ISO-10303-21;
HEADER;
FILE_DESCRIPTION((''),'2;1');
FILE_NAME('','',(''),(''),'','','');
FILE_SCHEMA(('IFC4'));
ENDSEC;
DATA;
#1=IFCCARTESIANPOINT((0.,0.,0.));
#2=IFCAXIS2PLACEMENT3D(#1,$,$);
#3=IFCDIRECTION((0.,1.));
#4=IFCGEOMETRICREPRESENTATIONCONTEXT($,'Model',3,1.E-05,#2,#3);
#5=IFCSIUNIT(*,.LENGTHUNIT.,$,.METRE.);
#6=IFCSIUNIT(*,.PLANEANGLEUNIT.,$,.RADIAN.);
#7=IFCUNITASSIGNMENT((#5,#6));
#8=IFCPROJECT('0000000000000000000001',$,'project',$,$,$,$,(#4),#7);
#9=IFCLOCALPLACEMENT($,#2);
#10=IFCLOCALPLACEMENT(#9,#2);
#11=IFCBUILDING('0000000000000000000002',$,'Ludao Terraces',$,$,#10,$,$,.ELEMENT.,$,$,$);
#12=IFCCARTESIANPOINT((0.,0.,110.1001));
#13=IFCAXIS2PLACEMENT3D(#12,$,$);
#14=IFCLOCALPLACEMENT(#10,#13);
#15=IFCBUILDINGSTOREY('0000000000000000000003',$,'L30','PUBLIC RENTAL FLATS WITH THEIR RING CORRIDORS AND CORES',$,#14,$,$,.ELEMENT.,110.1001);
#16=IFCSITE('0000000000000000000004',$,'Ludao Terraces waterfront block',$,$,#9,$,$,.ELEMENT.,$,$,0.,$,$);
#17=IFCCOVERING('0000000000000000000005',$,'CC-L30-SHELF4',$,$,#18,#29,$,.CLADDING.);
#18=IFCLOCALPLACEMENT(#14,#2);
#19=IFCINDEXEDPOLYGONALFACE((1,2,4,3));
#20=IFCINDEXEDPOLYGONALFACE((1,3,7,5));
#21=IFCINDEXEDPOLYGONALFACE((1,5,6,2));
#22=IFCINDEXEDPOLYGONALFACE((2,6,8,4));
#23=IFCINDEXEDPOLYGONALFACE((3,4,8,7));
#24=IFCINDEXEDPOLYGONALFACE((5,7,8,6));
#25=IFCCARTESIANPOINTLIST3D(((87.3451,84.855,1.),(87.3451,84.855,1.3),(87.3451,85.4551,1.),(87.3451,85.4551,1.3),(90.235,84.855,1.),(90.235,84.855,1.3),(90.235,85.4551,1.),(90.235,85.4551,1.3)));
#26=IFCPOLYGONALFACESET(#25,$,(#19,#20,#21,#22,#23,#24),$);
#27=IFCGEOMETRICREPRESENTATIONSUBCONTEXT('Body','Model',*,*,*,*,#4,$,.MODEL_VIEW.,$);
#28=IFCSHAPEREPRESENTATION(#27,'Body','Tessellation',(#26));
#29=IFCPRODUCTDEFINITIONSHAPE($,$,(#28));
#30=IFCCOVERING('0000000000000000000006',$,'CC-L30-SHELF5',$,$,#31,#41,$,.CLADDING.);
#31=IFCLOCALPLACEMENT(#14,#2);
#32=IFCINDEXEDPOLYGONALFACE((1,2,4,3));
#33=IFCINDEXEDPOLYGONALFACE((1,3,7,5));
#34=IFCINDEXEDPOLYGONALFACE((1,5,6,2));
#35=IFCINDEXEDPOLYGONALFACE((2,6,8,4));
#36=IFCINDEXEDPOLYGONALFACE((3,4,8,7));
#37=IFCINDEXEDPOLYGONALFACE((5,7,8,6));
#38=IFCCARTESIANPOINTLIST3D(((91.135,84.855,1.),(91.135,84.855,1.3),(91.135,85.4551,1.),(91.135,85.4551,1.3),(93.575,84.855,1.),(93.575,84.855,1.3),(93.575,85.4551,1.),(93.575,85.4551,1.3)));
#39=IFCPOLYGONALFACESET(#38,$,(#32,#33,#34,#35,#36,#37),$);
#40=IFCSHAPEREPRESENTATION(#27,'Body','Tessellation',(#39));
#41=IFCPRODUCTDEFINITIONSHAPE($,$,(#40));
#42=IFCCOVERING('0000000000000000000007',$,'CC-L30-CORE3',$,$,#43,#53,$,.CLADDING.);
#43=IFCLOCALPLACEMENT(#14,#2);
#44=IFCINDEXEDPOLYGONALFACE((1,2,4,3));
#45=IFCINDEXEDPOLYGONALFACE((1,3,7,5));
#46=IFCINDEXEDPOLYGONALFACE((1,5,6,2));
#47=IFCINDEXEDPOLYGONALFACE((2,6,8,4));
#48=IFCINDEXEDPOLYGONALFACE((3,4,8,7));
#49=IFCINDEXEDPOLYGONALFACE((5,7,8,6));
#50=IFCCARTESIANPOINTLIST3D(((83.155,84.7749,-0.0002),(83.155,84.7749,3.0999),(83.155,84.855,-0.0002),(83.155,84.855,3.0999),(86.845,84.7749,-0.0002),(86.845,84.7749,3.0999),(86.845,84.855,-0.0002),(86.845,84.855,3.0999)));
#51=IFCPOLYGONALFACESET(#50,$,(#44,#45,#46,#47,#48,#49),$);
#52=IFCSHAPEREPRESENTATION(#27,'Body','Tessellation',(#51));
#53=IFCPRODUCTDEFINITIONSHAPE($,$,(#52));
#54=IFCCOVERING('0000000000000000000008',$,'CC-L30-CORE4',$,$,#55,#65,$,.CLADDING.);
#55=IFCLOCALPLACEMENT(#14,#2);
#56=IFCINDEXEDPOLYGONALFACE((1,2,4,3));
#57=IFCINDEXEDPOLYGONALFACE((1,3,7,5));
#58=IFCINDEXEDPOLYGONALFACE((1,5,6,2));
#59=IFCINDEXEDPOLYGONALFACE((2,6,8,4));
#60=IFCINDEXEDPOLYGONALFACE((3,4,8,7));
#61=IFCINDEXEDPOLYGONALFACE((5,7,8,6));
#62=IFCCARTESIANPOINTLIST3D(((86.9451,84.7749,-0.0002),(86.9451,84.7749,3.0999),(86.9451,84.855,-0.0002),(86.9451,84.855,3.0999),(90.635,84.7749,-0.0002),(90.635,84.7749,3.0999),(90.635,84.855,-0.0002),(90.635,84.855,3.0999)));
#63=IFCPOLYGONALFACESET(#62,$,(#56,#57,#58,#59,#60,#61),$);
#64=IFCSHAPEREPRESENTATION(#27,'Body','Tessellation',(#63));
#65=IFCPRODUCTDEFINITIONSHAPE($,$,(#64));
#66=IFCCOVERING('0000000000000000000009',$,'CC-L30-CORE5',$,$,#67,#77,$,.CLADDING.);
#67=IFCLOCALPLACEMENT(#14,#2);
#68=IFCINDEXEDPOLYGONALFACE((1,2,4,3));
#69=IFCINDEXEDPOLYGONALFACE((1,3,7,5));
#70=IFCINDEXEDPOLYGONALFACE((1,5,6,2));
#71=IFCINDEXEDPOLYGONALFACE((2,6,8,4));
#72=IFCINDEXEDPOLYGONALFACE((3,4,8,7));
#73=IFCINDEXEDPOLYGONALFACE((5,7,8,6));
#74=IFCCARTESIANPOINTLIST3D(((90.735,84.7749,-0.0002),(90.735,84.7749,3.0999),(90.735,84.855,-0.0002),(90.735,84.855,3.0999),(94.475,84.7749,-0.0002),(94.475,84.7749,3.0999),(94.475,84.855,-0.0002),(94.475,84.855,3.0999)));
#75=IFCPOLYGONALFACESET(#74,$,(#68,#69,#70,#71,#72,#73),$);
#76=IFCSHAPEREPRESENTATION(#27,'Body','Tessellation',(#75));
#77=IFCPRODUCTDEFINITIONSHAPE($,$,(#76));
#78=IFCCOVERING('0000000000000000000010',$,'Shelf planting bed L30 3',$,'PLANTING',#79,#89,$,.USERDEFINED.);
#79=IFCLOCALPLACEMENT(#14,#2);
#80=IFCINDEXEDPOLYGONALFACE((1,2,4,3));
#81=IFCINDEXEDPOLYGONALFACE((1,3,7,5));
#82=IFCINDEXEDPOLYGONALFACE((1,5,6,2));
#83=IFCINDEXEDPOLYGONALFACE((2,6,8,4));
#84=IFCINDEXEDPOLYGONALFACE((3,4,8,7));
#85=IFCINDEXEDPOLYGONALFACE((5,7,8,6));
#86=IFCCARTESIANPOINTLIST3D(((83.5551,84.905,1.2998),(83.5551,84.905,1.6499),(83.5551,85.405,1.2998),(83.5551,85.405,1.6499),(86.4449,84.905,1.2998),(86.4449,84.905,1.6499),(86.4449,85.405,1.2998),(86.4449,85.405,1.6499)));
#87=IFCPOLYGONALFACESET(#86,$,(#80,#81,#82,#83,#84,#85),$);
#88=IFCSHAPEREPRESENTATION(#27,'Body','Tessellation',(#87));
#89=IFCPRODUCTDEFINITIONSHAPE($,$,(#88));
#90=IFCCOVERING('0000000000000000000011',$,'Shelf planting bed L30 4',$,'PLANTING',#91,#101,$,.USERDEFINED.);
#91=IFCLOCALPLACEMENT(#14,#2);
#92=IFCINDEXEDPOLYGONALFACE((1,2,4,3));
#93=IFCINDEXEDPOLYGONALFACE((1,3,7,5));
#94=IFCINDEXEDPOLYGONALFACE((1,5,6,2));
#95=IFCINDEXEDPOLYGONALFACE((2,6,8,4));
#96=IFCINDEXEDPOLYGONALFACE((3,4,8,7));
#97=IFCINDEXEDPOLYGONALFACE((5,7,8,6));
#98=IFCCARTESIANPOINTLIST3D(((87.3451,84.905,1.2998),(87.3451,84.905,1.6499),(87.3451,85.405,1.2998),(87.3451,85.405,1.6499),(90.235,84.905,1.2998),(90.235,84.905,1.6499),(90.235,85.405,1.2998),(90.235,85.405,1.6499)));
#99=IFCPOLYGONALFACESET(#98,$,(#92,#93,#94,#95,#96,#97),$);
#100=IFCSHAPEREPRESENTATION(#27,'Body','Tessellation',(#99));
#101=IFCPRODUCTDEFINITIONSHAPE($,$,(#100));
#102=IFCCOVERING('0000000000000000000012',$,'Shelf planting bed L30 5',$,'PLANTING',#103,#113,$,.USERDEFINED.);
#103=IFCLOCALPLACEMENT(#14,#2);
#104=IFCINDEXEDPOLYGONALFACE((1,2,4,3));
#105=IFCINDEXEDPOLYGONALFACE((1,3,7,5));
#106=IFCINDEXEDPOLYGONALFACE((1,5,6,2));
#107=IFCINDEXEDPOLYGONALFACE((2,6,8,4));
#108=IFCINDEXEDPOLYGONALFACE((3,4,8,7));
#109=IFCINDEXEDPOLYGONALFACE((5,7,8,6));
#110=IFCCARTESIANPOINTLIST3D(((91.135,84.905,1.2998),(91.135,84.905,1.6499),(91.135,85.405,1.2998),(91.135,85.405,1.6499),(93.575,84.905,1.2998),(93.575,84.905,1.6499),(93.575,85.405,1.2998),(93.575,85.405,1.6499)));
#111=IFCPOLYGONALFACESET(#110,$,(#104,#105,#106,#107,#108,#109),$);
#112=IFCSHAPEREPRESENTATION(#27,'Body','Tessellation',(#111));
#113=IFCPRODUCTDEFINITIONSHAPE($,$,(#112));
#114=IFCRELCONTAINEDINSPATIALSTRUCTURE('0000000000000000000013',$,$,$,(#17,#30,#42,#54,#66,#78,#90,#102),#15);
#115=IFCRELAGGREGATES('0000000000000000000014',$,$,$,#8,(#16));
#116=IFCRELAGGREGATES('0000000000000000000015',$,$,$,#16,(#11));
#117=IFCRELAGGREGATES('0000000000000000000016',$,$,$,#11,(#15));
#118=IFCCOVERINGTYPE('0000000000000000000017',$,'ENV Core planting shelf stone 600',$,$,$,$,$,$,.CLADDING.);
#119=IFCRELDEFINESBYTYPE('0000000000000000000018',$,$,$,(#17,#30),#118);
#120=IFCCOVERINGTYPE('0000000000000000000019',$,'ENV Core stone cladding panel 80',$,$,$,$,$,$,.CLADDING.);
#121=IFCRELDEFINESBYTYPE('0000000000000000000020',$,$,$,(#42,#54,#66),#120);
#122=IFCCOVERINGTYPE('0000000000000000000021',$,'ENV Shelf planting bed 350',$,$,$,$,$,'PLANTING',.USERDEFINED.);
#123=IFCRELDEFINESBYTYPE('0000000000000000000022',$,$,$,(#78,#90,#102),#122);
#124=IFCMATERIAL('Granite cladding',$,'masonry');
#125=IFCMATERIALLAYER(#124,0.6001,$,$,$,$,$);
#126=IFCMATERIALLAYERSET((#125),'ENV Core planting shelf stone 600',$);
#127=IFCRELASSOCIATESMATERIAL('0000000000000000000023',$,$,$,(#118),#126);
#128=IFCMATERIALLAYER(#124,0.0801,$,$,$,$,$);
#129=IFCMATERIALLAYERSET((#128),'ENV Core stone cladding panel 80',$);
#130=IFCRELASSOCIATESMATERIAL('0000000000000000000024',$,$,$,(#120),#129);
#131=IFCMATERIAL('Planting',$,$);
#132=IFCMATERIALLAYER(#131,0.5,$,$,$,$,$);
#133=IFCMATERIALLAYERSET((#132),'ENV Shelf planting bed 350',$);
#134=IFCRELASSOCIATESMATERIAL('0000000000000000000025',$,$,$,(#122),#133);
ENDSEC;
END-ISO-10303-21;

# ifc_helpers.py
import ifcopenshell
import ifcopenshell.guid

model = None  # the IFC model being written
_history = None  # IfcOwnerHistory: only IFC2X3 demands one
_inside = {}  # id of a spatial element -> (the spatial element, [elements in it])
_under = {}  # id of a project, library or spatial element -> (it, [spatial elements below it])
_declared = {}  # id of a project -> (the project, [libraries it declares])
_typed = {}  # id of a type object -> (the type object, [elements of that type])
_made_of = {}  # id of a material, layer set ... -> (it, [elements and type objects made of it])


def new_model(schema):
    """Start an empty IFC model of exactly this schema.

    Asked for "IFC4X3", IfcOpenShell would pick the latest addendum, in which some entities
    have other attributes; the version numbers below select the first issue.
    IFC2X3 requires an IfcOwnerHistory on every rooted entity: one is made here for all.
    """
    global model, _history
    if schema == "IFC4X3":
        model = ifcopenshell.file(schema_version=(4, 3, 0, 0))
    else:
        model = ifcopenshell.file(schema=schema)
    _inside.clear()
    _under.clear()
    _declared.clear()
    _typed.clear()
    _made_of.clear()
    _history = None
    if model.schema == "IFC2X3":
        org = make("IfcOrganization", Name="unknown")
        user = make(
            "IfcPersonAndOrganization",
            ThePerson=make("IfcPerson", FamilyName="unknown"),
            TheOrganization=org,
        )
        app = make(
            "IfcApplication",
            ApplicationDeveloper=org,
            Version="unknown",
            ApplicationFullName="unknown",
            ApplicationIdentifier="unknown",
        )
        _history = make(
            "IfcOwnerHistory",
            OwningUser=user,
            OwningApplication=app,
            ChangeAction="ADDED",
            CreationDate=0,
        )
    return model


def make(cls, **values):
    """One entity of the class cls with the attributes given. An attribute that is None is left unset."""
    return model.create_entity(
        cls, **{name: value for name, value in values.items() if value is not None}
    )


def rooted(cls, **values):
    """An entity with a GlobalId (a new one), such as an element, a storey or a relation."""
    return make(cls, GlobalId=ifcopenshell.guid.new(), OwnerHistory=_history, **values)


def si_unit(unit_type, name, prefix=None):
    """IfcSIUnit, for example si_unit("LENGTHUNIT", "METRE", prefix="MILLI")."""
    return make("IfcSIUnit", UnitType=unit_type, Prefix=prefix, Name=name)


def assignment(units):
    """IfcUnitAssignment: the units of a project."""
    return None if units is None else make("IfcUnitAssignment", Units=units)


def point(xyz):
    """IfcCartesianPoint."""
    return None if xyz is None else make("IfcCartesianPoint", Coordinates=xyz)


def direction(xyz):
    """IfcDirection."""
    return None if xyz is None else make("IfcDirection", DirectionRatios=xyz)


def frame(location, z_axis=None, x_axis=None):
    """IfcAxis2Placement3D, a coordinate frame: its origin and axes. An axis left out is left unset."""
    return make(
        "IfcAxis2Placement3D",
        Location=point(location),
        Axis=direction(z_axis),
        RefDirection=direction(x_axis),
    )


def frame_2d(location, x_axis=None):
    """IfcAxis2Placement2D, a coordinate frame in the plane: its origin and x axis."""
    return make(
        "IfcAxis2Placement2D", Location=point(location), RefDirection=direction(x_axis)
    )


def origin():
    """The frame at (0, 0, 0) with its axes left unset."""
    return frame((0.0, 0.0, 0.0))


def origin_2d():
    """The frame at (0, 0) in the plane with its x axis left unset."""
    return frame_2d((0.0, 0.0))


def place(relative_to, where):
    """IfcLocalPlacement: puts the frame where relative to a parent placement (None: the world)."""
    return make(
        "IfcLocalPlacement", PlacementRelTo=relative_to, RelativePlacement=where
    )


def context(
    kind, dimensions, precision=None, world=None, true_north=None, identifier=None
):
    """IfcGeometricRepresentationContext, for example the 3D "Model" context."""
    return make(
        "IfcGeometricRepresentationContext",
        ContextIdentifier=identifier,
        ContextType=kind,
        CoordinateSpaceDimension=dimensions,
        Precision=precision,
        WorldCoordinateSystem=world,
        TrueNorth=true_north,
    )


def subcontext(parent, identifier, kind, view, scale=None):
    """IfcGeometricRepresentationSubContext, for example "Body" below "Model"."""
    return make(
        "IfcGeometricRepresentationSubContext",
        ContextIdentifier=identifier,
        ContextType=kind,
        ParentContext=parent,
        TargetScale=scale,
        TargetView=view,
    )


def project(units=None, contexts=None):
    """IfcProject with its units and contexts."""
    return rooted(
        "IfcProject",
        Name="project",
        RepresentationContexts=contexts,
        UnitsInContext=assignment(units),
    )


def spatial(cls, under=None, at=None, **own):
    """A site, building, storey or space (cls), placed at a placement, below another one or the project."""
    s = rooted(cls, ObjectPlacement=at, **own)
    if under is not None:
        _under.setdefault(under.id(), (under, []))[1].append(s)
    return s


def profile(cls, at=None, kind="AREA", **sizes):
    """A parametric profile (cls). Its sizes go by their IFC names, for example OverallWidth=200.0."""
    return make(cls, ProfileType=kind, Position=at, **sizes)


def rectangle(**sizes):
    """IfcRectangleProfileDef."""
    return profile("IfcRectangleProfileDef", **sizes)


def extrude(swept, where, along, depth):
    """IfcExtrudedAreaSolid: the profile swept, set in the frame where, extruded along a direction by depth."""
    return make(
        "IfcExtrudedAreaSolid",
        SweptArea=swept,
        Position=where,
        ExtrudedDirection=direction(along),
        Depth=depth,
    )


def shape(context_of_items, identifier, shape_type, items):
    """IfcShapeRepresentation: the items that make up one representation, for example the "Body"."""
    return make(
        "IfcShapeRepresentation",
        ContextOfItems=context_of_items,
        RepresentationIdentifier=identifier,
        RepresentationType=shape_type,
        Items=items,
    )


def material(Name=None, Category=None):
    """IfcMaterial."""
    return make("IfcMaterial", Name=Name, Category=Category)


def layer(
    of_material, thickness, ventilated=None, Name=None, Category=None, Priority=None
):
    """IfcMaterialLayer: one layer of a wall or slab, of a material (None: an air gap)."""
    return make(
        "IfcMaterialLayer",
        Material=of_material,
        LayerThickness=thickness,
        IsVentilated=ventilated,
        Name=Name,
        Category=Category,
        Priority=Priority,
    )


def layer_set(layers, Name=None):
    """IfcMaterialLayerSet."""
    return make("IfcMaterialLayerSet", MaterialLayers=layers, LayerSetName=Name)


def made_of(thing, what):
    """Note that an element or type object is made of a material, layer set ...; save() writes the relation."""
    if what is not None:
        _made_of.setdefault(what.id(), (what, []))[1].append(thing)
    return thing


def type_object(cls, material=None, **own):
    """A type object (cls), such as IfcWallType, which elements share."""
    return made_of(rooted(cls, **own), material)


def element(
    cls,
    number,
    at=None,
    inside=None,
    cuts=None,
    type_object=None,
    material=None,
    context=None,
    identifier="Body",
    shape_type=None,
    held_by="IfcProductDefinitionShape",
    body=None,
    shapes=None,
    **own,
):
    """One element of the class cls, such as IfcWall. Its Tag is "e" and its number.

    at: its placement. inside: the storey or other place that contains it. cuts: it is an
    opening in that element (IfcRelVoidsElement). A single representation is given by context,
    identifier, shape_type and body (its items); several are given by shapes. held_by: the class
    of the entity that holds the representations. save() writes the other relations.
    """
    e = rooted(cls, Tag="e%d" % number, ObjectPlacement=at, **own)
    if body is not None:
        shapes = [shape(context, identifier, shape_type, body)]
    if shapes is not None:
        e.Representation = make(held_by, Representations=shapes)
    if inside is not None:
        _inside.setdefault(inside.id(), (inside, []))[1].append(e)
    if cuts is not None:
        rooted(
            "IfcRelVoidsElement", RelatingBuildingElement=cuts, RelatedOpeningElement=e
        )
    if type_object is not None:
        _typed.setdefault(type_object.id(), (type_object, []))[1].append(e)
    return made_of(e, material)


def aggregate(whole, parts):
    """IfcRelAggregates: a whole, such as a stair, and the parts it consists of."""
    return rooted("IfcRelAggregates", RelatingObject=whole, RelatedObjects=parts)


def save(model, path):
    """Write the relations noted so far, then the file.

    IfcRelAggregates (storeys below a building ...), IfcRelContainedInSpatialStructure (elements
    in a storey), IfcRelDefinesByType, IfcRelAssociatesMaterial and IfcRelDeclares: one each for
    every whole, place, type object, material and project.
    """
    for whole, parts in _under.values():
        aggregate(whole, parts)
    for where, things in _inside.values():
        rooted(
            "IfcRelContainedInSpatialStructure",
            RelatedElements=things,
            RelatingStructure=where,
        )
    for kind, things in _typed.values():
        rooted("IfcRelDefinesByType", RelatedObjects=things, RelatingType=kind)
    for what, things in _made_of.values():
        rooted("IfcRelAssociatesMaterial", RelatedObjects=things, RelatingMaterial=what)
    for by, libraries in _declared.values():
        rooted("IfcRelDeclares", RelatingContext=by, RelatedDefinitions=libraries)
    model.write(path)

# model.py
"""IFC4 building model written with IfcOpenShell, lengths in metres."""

from ifc_helpers import new_model, si_unit, direction, frame, origin, origin_2d, place, context, subcontext, project, spatial, rectangle, extrude, material, layer, layer_set, type_object, element, save


model = new_model("IFC4")

# Units and contexts
model_context = context("Model", 3, precision=1e-05, world=origin(), true_north=direction((0.0, 1.0)))
body_context = subcontext(model_context, "Body", "Model", "MODEL_VIEW")
ifc_project = project(units=[si_unit("LENGTHUNIT", "METRE"), si_unit("PLANEANGLEUNIT", "RADIAN")], contexts=[model_context])

# Site, building, storey
site_placement = place(None, origin())
site = spatial("IfcSite", under=ifc_project, at=site_placement, Name="Ludao Terraces waterfront block", CompositionType="ELEMENT", RefElevation=0.0)
building_placement = place(site_placement, origin())
building = spatial("IfcBuilding", under=site, at=building_placement, Name="Ludao Terraces", CompositionType="ELEMENT")
storey_placement = place(building_placement, frame((0.0, 0.0, 110.1001)))
storey = spatial("IfcBuildingStorey", under=building, at=storey_placement, Name="L30", Description="PUBLIC RENTAL FLATS WITH THEIR RING CORRIDORS AND CORES", CompositionType="ELEMENT", Elevation=110.1001)

# Coverings
ifc_material_1 = material(Name="Granite cladding", Category="masonry")
ifc_layer_1 = layer(ifc_material_1, 0.6001)
ifc_layer_set_1 = layer_set([ifc_layer_1], Name="ENV Core planting shelf stone 600")
covering_type_1 = type_object("IfcCoveringType", Name="ENV Core planting shelf stone 600", PredefinedType="CLADDING", material=ifc_layer_set_1)
for number, where, z_axis, x_axis, name in (
    (1, (88.79, 85.155, 1.0), (0.0, 0.0, 1.0), (1.0, 0.0, 0.0), "CC-L30-SHELF4"),
):
    element("IfcCovering", number, at=place(storey_placement, frame(where, z_axis=z_axis, x_axis=x_axis)), inside=storey, type_object=covering_type_1, Name=name, PredefinedType="CLADDING", context=body_context, shape_type="SweptSolid", body=[
        extrude(rectangle(XDim=2.8899, YDim=0.6001, at=origin_2d()), origin(), (0.0, 0.0, 1.0), 0.3),
    ])
covering_1_placement = place(storey_placement, frame((92.355, 85.155, 1.0), z_axis=(0.0, 0.0, 1.0), x_axis=(1.0, 0.0, 0.0)))
element("IfcCovering", 2, at=covering_1_placement, inside=storey, type_object=covering_type_1, Name="CC-L30-SHELF5", PredefinedType="CLADDING", context=body_context, shape_type="SweptSolid", body=[
    extrude(rectangle(XDim=2.4399, YDim=0.6001, at=origin_2d()), origin(), (0.0, 0.0, 1.0), 0.3),
])
ifc_layer_2 = layer(ifc_material_1, 0.0801)
ifc_layer_set_2 = layer_set([ifc_layer_2], Name="ENV Core stone cladding panel 80")
covering_type_2 = type_object("IfcCoveringType", Name="ENV Core stone cladding panel 80", PredefinedType="CLADDING", material=ifc_layer_set_2)
for number, where, z_axis, x_axis, name in (
    (3, (85.0, 84.8149, -0.0002), (0.0, 0.0, 1.0), (1.0, 0.0, 0.0), "CC-L30-CORE3"),
    (4, (88.79, 84.8149, -0.0002), (0.0, 0.0, 1.0), (1.0, 0.0, 0.0), "CC-L30-CORE4"),
):
    element("IfcCovering", number, at=place(storey_placement, frame(where, z_axis=z_axis, x_axis=x_axis)), inside=storey, type_object=covering_type_2, Name=name, PredefinedType="CLADDING", context=body_context, shape_type="SweptSolid", body=[
        extrude(rectangle(XDim=3.6899, YDim=0.0801, at=origin_2d()), origin(), (0.0, 0.0, 1.0), 3.1001),
    ])
covering_2_placement = place(storey_placement, frame((92.605, 84.8149, -0.0002), z_axis=(0.0, 0.0, 1.0), x_axis=(1.0, 0.0, 0.0)))
element("IfcCovering", 5, at=covering_2_placement, inside=storey, type_object=covering_type_2, Name="CC-L30-CORE5", PredefinedType="CLADDING", context=body_context, shape_type="SweptSolid", body=[
    extrude(rectangle(XDim=3.74, YDim=0.0801, at=origin_2d()), origin(), (0.0, 0.0, 1.0), 3.1001),
])
ifc_material_2 = material(Name="Planting")
ifc_layer_3 = layer(ifc_material_2, 0.5)
ifc_layer_set_3 = layer_set([ifc_layer_3], Name="ENV Shelf planting bed 350")
covering_type_3 = type_object("IfcCoveringType", Name="ENV Shelf planting bed 350", ElementType="PLANTING", PredefinedType="USERDEFINED", material=ifc_layer_set_3)
for number, where, z_axis, x_axis, name in (
    (6, (85.0, 85.155, 1.2998), (0.0, 0.0, 1.0), (1.0, 0.0, 0.0), "Shelf planting bed L30 3"),
    (7, (88.79, 85.155, 1.2998), (0.0, 0.0, 1.0), (1.0, 0.0, 0.0), "Shelf planting bed L30 4"),
):
    element("IfcCovering", number, at=place(storey_placement, frame(where, z_axis=z_axis, x_axis=x_axis)), inside=storey, type_object=covering_type_3, Name=name, ObjectType="PLANTING", PredefinedType="USERDEFINED", context=body_context, shape_type="SweptSolid", body=[
        extrude(rectangle(XDim=2.8899, YDim=0.5, at=origin_2d()), origin(), (0.0, 0.0, 1.0), 0.3501),
    ])
covering_3_placement = place(storey_placement, frame((92.355, 85.155, 1.2998), z_axis=(0.0, 0.0, 1.0), x_axis=(1.0, 0.0, 0.0)))
element("IfcCovering", 8, at=covering_3_placement, inside=storey, type_object=covering_type_3, Name="Shelf planting bed L30 5", ObjectType="PLANTING", PredefinedType="USERDEFINED", context=body_context, shape_type="SweptSolid", body=[
    extrude(rectangle(XDim=2.4399, YDim=0.5, at=origin_2d()), origin(), (0.0, 0.0, 1.0), 0.3501),
])

save(model, "model.ifc")
